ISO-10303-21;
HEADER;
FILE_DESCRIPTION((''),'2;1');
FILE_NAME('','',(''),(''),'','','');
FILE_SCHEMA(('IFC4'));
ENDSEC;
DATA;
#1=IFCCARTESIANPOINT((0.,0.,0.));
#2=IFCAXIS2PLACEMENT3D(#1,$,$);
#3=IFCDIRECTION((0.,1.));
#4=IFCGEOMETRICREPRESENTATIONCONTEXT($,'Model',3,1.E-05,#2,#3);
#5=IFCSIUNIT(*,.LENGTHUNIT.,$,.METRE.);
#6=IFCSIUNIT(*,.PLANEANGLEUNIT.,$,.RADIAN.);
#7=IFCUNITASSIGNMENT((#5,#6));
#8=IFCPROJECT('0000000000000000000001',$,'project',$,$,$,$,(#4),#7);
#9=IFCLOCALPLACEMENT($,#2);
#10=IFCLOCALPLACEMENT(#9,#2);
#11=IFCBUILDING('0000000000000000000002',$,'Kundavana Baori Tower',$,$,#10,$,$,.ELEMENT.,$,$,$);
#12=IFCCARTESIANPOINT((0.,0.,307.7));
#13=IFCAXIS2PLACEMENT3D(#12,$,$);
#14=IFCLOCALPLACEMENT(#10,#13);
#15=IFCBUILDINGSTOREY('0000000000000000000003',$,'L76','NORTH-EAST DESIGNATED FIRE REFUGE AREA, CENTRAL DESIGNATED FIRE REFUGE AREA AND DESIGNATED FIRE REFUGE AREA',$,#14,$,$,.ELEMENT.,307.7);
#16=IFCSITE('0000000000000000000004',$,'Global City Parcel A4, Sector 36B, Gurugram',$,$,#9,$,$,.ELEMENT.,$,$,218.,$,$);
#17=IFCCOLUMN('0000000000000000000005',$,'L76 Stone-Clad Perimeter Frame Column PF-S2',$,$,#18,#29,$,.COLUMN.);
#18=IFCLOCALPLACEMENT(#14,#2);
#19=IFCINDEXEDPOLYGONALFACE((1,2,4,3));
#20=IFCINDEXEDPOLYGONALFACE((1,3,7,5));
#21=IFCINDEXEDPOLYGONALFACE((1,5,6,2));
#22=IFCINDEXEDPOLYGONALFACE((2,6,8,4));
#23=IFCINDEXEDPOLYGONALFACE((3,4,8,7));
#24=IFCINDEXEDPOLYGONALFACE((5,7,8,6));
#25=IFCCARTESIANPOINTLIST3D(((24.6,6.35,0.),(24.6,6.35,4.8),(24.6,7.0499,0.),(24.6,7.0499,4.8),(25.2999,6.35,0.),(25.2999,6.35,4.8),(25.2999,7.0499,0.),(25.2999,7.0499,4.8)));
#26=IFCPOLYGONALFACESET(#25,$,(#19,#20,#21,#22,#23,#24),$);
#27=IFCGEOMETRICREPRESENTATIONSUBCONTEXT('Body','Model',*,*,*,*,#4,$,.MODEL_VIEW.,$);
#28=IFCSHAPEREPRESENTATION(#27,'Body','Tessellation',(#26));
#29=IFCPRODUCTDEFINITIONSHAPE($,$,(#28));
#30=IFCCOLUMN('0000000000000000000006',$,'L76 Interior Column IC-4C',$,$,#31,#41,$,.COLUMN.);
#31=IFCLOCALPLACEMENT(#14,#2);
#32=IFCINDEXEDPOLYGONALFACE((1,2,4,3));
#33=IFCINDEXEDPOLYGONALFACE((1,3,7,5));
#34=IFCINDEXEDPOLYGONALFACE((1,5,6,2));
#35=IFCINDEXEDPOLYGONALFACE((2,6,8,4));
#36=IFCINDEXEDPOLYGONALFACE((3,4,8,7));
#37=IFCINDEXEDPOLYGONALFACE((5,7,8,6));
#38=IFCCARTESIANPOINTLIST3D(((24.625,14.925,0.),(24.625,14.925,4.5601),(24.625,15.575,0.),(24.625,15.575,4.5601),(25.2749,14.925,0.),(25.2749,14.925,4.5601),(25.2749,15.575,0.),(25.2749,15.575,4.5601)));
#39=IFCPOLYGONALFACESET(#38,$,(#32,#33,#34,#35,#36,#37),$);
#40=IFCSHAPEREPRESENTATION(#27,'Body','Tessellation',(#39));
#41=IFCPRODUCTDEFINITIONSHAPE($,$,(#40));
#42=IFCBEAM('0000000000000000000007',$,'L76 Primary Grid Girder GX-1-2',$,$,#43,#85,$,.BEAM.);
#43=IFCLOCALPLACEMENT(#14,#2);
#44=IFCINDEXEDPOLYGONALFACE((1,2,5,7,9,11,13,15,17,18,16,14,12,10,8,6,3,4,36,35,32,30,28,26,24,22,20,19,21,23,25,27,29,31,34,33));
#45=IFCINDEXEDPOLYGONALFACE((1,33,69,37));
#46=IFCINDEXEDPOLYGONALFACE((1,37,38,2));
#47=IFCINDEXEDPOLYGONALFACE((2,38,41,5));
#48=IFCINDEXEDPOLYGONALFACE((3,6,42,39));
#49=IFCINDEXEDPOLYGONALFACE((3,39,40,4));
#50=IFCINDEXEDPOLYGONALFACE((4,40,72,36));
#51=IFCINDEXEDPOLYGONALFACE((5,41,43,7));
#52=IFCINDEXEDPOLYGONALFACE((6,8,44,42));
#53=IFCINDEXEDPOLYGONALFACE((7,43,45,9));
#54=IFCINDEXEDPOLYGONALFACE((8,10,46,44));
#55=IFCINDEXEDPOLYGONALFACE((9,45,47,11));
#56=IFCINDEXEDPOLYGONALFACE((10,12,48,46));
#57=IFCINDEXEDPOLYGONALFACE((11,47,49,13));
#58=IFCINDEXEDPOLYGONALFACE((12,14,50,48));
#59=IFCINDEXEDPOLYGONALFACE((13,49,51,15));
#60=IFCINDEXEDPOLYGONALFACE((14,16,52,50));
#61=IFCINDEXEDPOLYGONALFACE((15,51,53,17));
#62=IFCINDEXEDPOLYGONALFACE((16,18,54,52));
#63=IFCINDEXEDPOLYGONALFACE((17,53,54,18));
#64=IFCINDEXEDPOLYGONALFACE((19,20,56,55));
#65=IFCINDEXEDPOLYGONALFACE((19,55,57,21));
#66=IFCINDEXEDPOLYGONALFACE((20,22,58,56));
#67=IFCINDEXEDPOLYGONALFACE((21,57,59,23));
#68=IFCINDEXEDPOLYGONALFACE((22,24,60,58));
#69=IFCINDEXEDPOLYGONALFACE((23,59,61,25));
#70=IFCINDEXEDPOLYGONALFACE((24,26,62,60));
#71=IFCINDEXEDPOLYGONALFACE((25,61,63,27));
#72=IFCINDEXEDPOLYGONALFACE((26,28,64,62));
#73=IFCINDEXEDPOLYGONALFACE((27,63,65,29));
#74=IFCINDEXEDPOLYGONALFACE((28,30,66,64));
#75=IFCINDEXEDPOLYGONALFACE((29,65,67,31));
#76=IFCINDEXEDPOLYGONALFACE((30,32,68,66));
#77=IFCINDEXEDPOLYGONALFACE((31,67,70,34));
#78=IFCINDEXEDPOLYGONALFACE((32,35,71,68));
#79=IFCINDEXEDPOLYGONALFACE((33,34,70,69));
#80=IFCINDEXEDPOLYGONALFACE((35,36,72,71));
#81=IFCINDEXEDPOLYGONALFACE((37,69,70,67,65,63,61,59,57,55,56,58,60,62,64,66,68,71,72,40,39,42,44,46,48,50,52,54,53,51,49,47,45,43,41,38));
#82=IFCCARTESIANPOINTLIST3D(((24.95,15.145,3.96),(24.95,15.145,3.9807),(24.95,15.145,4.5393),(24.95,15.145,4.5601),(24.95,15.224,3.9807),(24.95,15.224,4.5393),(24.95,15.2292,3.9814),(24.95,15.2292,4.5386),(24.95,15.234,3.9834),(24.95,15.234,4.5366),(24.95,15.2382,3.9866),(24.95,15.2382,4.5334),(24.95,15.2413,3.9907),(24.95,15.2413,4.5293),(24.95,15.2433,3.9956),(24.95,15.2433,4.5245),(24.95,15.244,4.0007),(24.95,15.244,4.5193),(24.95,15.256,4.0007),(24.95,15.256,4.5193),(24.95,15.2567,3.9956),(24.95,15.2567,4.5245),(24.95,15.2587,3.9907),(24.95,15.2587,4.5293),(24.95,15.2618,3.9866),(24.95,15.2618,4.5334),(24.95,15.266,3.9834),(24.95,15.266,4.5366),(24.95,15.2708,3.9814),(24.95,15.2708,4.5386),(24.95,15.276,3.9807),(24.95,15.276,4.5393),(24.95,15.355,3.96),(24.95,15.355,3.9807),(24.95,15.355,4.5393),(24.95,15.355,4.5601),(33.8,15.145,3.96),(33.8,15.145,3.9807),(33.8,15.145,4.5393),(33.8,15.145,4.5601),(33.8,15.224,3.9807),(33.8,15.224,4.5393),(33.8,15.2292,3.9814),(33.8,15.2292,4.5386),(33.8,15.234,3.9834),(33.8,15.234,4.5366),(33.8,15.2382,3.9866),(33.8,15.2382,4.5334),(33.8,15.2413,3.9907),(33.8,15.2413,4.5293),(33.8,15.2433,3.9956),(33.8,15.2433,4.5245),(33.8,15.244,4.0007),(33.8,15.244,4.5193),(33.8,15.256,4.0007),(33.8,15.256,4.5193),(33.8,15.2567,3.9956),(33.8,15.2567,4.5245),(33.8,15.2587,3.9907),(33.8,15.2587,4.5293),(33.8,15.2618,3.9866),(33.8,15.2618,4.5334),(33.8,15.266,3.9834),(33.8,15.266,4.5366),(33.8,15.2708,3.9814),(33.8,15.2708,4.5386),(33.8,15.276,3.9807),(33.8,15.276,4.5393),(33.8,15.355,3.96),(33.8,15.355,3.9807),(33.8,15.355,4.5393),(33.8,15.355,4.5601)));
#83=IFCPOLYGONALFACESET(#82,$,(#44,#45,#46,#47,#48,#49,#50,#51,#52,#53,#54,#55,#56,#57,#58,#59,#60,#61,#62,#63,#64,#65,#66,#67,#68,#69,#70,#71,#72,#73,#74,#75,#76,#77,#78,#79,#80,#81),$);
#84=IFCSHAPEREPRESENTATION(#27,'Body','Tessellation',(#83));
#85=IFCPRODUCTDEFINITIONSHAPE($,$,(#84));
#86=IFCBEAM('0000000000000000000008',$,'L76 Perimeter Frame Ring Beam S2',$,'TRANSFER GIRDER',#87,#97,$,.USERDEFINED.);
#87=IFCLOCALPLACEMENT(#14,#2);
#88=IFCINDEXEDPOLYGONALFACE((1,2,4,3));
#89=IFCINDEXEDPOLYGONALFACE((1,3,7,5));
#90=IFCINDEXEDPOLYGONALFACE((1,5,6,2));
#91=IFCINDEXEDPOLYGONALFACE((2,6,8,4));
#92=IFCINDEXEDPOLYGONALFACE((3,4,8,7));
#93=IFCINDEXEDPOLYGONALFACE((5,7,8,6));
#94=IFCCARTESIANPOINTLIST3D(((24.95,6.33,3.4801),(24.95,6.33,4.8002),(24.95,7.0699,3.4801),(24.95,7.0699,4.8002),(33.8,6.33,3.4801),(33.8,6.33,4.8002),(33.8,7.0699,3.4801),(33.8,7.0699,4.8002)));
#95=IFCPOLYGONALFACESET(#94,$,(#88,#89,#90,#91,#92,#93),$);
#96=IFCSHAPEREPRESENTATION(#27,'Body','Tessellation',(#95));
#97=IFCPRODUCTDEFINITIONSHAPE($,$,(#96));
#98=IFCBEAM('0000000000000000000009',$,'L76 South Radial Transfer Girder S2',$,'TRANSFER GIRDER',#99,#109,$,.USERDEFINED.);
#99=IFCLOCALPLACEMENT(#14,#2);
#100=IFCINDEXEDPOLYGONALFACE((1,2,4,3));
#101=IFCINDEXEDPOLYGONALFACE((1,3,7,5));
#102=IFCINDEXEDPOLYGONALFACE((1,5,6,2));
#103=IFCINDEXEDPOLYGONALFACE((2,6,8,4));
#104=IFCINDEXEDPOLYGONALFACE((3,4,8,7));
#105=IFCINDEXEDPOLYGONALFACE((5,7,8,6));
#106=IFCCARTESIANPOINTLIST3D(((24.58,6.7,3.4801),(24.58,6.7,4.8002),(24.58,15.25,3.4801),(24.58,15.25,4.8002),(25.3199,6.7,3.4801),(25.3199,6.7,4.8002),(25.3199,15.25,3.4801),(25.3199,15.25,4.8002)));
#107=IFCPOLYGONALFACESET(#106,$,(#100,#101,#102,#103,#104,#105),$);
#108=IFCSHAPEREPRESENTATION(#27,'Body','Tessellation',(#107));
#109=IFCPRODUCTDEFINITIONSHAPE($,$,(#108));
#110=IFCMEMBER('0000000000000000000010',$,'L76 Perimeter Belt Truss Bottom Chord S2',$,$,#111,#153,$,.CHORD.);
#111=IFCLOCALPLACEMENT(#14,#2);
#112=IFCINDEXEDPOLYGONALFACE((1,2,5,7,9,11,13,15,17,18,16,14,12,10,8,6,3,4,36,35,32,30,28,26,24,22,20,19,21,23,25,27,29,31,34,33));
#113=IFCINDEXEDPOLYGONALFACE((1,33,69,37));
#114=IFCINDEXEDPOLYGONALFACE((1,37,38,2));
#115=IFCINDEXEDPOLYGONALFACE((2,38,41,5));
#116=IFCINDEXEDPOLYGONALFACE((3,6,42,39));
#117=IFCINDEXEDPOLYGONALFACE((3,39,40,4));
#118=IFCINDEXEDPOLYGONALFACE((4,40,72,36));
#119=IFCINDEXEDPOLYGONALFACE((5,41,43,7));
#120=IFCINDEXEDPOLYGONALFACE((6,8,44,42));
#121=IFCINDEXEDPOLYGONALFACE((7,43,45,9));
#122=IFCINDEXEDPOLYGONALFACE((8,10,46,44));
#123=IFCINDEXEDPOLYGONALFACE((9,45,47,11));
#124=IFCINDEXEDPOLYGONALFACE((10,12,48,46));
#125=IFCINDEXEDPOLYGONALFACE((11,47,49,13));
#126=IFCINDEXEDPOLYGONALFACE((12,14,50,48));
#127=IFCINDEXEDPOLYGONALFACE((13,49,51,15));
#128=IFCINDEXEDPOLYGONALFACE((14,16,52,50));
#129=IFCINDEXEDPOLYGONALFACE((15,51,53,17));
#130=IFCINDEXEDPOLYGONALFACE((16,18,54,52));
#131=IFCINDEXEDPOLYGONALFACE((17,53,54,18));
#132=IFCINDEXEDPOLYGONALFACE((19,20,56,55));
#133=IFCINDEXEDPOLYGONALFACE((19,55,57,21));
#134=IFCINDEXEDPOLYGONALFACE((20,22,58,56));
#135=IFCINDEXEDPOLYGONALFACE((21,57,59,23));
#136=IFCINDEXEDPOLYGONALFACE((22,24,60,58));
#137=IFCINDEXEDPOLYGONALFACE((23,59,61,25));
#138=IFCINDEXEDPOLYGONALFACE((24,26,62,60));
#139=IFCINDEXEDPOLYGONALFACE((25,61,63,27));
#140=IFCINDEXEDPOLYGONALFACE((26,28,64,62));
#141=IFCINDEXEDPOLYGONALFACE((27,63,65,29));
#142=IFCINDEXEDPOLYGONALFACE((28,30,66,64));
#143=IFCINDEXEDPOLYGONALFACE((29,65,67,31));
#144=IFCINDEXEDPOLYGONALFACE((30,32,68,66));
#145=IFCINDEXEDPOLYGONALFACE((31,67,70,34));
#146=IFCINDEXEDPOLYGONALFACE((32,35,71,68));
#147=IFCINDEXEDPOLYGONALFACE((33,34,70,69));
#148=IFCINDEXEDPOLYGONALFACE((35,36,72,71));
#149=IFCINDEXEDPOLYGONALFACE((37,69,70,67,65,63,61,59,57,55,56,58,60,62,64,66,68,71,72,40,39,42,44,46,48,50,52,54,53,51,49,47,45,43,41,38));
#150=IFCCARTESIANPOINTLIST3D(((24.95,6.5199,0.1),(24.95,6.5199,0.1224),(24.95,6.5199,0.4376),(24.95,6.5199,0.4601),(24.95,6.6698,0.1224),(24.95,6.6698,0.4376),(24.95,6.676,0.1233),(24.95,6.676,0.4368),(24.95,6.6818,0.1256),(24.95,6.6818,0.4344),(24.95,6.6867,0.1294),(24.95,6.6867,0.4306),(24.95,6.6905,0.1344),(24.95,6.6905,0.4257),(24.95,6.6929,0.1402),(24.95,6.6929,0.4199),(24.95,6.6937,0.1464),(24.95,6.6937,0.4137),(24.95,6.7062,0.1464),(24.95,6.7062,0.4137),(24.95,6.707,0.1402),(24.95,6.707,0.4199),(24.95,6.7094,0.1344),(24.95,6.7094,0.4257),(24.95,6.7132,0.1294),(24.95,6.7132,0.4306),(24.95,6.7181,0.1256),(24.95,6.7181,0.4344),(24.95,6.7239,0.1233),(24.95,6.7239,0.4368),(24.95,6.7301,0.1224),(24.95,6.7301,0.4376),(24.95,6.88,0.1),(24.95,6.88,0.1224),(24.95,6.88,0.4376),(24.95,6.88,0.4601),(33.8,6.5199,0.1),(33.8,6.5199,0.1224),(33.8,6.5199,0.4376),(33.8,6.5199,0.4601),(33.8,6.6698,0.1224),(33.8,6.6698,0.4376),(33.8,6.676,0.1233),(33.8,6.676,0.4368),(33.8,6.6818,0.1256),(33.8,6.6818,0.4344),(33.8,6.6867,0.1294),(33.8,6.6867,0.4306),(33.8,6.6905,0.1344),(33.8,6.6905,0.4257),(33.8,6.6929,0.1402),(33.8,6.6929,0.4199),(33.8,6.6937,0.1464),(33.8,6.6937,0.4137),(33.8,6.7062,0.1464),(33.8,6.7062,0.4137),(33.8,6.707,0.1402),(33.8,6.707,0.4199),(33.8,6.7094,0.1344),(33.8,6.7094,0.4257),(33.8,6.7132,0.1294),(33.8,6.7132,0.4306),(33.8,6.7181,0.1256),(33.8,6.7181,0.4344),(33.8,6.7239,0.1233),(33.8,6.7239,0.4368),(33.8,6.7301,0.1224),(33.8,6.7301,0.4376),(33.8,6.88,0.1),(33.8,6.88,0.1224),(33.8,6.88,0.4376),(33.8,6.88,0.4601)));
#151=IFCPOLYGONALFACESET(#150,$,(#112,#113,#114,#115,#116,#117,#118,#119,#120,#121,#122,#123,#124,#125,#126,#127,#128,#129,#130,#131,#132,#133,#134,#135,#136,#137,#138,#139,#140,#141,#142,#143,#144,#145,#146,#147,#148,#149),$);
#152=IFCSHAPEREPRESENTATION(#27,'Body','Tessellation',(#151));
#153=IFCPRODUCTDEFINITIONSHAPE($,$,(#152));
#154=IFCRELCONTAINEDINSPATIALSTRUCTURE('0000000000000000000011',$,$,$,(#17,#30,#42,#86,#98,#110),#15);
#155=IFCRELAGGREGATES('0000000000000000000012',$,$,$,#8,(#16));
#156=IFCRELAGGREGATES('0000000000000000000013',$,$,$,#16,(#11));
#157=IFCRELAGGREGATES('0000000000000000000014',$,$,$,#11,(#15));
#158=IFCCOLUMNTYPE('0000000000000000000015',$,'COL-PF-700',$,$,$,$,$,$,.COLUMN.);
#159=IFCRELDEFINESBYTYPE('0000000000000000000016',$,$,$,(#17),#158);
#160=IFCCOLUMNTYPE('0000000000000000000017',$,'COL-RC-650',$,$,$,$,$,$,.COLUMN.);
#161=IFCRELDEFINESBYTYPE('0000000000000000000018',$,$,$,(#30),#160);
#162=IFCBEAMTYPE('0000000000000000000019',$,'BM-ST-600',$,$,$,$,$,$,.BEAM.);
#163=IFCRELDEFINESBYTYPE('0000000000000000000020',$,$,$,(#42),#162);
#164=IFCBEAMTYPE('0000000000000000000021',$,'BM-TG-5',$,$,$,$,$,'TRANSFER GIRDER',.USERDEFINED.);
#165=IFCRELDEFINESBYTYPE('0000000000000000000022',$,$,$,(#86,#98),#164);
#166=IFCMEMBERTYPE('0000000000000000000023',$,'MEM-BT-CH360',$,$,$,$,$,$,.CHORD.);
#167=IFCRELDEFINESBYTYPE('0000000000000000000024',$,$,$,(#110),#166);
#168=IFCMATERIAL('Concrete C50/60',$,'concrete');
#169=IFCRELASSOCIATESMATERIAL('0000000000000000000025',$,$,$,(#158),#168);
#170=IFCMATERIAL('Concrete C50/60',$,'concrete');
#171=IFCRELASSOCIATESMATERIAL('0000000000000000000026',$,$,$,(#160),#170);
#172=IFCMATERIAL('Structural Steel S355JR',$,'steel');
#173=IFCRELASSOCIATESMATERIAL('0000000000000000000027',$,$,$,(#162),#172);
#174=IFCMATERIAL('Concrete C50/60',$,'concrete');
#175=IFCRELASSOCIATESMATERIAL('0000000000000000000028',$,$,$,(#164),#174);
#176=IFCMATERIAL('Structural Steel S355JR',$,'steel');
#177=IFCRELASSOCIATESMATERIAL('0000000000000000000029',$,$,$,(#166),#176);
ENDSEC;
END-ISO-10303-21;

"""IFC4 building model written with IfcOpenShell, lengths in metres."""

from ifc_helpers import new_model, si_unit, direction, frame, origin, origin_2d, place, context, subcontext, project, spatial, rectangle, i_section, extrude, material, material_profile, profile_set, type_object, element, save


model = new_model("IFC4")

# Units and contexts
model_context = context("Model", 3, precision=1e-05, world=origin(), true_north=direction((0.0, 1.0)))
body_context = subcontext(model_context, "Body", "Model", "MODEL_VIEW")
ifc_project = project(units=[si_unit("LENGTHUNIT", "METRE"), si_unit("PLANEANGLEUNIT", "RADIAN")], contexts=[model_context])

# Site, building, storey
site_placement = place(None, origin())
site = spatial("IfcSite", under=ifc_project, at=site_placement, Name="Global City Parcel A4, Sector 36B, Gurugram", CompositionType="ELEMENT", RefElevation=218.0)
building_placement = place(site_placement, origin())
building = spatial("IfcBuilding", under=site, at=building_placement, Name="Kundavana Baori Tower", CompositionType="ELEMENT")
storey_placement = place(building_placement, frame((0.0, 0.0, 307.7)))
storey = spatial("IfcBuildingStorey", under=building, at=storey_placement, Name="L76", Description="NORTH-EAST DESIGNATED FIRE REFUGE AREA, CENTRAL DESIGNATED FIRE REFUGE AREA AND DESIGNATED FIRE REFUGE AREA", CompositionType="ELEMENT", Elevation=307.7)

# Columns
ifc_material_1 = material(Name="Concrete C50/60", Category="concrete")
ifc_material_profile_1 = material_profile(ifc_material_1, rectangle(XDim=0.7, YDim=0.7, at=origin_2d()), Name="RC PF 700x700")
ifc_profile_set_1 = profile_set([ifc_material_profile_1], Name="Concrete C50/60")
column_type_1 = type_object("IfcColumnType", Name="COL-PF-700", PredefinedType="COLUMN", material=ifc_profile_set_1)
column_1_placement = place(storey_placement, frame((24.95, 6.7, 0.0), z_axis=(0.0, 0.0, 1.0), x_axis=(1.0, 0.0, 0.0)))
element("IfcColumn", 1, at=column_1_placement, inside=storey, type_object=column_type_1, Name="L76 Stone-Clad Perimeter Frame Column PF-S2", PredefinedType="COLUMN", context=body_context, shape_type="SweptSolid", body=[
    extrude(rectangle(XDim=0.7, YDim=0.7, at=origin_2d()), origin(), (0.0, 0.0, 1.0), 4.8),
])
ifc_material_2 = material(Name="Concrete C50/60", Category="concrete")
ifc_material_profile_2 = material_profile(ifc_material_2, rectangle(XDim=0.6499, YDim=0.6499, at=origin_2d()), Name="RC 650x650")
ifc_profile_set_2 = profile_set([ifc_material_profile_2], Name="Concrete C50/60")
column_type_2 = type_object("IfcColumnType", Name="COL-RC-650", PredefinedType="COLUMN", material=ifc_profile_set_2)
column_2_placement = place(storey_placement, frame((24.95, 15.25, 0.0), z_axis=(0.0, 0.0, 1.0), x_axis=(1.0, 0.0, 0.0)))
element("IfcColumn", 2, at=column_2_placement, inside=storey, type_object=column_type_2, Name="L76 Interior Column IC-4C", PredefinedType="COLUMN", context=body_context, shape_type="SweptSolid", body=[
    extrude(rectangle(XDim=0.6499, YDim=0.6499, at=origin_2d()), origin(), (0.0, 0.0, 1.0), 4.5601),
])

# Beams
ifc_material_3 = material(Name="Structural Steel S355JR", Category="steel")
ifc_material_profile_3 = material_profile(ifc_material_3, i_section(OverallWidth=0.21, OverallDepth=0.6001, WebThickness=0.012, FlangeThickness=0.0208, FilletRadius=0.02, at=origin_2d()), Name="ISMB 600")
ifc_profile_set_3 = profile_set([ifc_material_profile_3], Name="Structural Steel S355JR")
beam_type_1 = type_object("IfcBeamType", Name="BM-ST-600", PredefinedType="BEAM", material=ifc_profile_set_3)
beam_1_placement = place(storey_placement, frame((24.95, 15.25, 4.26), z_axis=(1.0, 0.0, 0.0), x_axis=(0.0, 1.0, 0.0)))
element("IfcBeam", 3, at=beam_1_placement, inside=storey, type_object=beam_type_1, Name="L76 Primary Grid Girder GX-1-2", PredefinedType="BEAM", context=body_context, shape_type="SweptSolid", body=[
    extrude(i_section(OverallWidth=0.21, OverallDepth=0.6001, WebThickness=0.012, FlangeThickness=0.0208, FilletRadius=0.02, at=origin_2d()), origin(), (0.0, 0.0, 1.0), 8.8501),
])
ifc_material_4 = material(Name="Concrete C50/60", Category="concrete")
ifc_material_profile_4 = material_profile(ifc_material_4, rectangle(XDim=0.74, YDim=1.3201, at=origin_2d()), Name="BM-TG-5")
ifc_profile_set_4 = profile_set([ifc_material_profile_4], Name="Concrete C50/60")
beam_type_2 = type_object("IfcBeamType", Name="BM-TG-5", ElementType="TRANSFER GIRDER", PredefinedType="USERDEFINED", material=ifc_profile_set_4)
beam_2_placement = place(storey_placement, frame((24.95, 6.7, 4.1401), z_axis=(1.0, 0.0, 0.0), x_axis=(0.0, 1.0, 0.0)))
element("IfcBeam", 4, at=beam_2_placement, inside=storey, type_object=beam_type_2, Name="L76 Perimeter Frame Ring Beam S2", ObjectType="TRANSFER GIRDER", PredefinedType="USERDEFINED", context=body_context, shape_type="SweptSolid", body=[
    extrude(rectangle(XDim=0.74, YDim=1.3201, at=origin_2d()), origin(), (0.0, 0.0, 1.0), 8.8501),
])
beam_3_placement = place(storey_placement, frame((24.95, 15.25, 4.1401), z_axis=(0.0, -1.0, 0.0), x_axis=(1.0, 0.0, 0.0)))
element("IfcBeam", 5, at=beam_3_placement, inside=storey, type_object=beam_type_2, Name="L76 South Radial Transfer Girder S2", ObjectType="TRANSFER GIRDER", PredefinedType="USERDEFINED", context=body_context, shape_type="SweptSolid", body=[
    extrude(rectangle(XDim=0.74, YDim=1.3201, at=origin_2d()), origin(), (0.0, 0.0, 1.0), 8.55),
])

# Member
ifc_material_5 = material(Name="Structural Steel S355JR", Category="steel")
ifc_material_profile_5 = material_profile(ifc_material_5, i_section(OverallWidth=0.3601, OverallDepth=0.3601, WebThickness=0.0125, FlangeThickness=0.0225, FilletRadius=0.0239, at=origin_2d()), Name="WPB 360x360x142")
ifc_profile_set_5 = profile_set([ifc_material_profile_5], Name="Structural Steel S355JR")
member_type_1 = type_object("IfcMemberType", Name="MEM-BT-CH360", PredefinedType="CHORD", material=ifc_profile_set_5)
member_1_placement = place(storey_placement, frame((24.95, 6.7, 0.28), z_axis=(1.0, 0.0, 0.0), x_axis=(0.0, 1.0, 0.0)))
element("IfcMember", 6, at=member_1_placement, inside=storey, type_object=member_type_1, Name="L76 Perimeter Belt Truss Bottom Chord S2", PredefinedType="CHORD", context=body_context, shape_type="SweptSolid", body=[
    extrude(i_section(OverallWidth=0.3601, OverallDepth=0.3601, WebThickness=0.0125, FlangeThickness=0.0225, FilletRadius=0.0239, at=origin_2d()), origin(), (0.0, 0.0, 1.0), 8.8501),
])

save(model, "model.ifc")
